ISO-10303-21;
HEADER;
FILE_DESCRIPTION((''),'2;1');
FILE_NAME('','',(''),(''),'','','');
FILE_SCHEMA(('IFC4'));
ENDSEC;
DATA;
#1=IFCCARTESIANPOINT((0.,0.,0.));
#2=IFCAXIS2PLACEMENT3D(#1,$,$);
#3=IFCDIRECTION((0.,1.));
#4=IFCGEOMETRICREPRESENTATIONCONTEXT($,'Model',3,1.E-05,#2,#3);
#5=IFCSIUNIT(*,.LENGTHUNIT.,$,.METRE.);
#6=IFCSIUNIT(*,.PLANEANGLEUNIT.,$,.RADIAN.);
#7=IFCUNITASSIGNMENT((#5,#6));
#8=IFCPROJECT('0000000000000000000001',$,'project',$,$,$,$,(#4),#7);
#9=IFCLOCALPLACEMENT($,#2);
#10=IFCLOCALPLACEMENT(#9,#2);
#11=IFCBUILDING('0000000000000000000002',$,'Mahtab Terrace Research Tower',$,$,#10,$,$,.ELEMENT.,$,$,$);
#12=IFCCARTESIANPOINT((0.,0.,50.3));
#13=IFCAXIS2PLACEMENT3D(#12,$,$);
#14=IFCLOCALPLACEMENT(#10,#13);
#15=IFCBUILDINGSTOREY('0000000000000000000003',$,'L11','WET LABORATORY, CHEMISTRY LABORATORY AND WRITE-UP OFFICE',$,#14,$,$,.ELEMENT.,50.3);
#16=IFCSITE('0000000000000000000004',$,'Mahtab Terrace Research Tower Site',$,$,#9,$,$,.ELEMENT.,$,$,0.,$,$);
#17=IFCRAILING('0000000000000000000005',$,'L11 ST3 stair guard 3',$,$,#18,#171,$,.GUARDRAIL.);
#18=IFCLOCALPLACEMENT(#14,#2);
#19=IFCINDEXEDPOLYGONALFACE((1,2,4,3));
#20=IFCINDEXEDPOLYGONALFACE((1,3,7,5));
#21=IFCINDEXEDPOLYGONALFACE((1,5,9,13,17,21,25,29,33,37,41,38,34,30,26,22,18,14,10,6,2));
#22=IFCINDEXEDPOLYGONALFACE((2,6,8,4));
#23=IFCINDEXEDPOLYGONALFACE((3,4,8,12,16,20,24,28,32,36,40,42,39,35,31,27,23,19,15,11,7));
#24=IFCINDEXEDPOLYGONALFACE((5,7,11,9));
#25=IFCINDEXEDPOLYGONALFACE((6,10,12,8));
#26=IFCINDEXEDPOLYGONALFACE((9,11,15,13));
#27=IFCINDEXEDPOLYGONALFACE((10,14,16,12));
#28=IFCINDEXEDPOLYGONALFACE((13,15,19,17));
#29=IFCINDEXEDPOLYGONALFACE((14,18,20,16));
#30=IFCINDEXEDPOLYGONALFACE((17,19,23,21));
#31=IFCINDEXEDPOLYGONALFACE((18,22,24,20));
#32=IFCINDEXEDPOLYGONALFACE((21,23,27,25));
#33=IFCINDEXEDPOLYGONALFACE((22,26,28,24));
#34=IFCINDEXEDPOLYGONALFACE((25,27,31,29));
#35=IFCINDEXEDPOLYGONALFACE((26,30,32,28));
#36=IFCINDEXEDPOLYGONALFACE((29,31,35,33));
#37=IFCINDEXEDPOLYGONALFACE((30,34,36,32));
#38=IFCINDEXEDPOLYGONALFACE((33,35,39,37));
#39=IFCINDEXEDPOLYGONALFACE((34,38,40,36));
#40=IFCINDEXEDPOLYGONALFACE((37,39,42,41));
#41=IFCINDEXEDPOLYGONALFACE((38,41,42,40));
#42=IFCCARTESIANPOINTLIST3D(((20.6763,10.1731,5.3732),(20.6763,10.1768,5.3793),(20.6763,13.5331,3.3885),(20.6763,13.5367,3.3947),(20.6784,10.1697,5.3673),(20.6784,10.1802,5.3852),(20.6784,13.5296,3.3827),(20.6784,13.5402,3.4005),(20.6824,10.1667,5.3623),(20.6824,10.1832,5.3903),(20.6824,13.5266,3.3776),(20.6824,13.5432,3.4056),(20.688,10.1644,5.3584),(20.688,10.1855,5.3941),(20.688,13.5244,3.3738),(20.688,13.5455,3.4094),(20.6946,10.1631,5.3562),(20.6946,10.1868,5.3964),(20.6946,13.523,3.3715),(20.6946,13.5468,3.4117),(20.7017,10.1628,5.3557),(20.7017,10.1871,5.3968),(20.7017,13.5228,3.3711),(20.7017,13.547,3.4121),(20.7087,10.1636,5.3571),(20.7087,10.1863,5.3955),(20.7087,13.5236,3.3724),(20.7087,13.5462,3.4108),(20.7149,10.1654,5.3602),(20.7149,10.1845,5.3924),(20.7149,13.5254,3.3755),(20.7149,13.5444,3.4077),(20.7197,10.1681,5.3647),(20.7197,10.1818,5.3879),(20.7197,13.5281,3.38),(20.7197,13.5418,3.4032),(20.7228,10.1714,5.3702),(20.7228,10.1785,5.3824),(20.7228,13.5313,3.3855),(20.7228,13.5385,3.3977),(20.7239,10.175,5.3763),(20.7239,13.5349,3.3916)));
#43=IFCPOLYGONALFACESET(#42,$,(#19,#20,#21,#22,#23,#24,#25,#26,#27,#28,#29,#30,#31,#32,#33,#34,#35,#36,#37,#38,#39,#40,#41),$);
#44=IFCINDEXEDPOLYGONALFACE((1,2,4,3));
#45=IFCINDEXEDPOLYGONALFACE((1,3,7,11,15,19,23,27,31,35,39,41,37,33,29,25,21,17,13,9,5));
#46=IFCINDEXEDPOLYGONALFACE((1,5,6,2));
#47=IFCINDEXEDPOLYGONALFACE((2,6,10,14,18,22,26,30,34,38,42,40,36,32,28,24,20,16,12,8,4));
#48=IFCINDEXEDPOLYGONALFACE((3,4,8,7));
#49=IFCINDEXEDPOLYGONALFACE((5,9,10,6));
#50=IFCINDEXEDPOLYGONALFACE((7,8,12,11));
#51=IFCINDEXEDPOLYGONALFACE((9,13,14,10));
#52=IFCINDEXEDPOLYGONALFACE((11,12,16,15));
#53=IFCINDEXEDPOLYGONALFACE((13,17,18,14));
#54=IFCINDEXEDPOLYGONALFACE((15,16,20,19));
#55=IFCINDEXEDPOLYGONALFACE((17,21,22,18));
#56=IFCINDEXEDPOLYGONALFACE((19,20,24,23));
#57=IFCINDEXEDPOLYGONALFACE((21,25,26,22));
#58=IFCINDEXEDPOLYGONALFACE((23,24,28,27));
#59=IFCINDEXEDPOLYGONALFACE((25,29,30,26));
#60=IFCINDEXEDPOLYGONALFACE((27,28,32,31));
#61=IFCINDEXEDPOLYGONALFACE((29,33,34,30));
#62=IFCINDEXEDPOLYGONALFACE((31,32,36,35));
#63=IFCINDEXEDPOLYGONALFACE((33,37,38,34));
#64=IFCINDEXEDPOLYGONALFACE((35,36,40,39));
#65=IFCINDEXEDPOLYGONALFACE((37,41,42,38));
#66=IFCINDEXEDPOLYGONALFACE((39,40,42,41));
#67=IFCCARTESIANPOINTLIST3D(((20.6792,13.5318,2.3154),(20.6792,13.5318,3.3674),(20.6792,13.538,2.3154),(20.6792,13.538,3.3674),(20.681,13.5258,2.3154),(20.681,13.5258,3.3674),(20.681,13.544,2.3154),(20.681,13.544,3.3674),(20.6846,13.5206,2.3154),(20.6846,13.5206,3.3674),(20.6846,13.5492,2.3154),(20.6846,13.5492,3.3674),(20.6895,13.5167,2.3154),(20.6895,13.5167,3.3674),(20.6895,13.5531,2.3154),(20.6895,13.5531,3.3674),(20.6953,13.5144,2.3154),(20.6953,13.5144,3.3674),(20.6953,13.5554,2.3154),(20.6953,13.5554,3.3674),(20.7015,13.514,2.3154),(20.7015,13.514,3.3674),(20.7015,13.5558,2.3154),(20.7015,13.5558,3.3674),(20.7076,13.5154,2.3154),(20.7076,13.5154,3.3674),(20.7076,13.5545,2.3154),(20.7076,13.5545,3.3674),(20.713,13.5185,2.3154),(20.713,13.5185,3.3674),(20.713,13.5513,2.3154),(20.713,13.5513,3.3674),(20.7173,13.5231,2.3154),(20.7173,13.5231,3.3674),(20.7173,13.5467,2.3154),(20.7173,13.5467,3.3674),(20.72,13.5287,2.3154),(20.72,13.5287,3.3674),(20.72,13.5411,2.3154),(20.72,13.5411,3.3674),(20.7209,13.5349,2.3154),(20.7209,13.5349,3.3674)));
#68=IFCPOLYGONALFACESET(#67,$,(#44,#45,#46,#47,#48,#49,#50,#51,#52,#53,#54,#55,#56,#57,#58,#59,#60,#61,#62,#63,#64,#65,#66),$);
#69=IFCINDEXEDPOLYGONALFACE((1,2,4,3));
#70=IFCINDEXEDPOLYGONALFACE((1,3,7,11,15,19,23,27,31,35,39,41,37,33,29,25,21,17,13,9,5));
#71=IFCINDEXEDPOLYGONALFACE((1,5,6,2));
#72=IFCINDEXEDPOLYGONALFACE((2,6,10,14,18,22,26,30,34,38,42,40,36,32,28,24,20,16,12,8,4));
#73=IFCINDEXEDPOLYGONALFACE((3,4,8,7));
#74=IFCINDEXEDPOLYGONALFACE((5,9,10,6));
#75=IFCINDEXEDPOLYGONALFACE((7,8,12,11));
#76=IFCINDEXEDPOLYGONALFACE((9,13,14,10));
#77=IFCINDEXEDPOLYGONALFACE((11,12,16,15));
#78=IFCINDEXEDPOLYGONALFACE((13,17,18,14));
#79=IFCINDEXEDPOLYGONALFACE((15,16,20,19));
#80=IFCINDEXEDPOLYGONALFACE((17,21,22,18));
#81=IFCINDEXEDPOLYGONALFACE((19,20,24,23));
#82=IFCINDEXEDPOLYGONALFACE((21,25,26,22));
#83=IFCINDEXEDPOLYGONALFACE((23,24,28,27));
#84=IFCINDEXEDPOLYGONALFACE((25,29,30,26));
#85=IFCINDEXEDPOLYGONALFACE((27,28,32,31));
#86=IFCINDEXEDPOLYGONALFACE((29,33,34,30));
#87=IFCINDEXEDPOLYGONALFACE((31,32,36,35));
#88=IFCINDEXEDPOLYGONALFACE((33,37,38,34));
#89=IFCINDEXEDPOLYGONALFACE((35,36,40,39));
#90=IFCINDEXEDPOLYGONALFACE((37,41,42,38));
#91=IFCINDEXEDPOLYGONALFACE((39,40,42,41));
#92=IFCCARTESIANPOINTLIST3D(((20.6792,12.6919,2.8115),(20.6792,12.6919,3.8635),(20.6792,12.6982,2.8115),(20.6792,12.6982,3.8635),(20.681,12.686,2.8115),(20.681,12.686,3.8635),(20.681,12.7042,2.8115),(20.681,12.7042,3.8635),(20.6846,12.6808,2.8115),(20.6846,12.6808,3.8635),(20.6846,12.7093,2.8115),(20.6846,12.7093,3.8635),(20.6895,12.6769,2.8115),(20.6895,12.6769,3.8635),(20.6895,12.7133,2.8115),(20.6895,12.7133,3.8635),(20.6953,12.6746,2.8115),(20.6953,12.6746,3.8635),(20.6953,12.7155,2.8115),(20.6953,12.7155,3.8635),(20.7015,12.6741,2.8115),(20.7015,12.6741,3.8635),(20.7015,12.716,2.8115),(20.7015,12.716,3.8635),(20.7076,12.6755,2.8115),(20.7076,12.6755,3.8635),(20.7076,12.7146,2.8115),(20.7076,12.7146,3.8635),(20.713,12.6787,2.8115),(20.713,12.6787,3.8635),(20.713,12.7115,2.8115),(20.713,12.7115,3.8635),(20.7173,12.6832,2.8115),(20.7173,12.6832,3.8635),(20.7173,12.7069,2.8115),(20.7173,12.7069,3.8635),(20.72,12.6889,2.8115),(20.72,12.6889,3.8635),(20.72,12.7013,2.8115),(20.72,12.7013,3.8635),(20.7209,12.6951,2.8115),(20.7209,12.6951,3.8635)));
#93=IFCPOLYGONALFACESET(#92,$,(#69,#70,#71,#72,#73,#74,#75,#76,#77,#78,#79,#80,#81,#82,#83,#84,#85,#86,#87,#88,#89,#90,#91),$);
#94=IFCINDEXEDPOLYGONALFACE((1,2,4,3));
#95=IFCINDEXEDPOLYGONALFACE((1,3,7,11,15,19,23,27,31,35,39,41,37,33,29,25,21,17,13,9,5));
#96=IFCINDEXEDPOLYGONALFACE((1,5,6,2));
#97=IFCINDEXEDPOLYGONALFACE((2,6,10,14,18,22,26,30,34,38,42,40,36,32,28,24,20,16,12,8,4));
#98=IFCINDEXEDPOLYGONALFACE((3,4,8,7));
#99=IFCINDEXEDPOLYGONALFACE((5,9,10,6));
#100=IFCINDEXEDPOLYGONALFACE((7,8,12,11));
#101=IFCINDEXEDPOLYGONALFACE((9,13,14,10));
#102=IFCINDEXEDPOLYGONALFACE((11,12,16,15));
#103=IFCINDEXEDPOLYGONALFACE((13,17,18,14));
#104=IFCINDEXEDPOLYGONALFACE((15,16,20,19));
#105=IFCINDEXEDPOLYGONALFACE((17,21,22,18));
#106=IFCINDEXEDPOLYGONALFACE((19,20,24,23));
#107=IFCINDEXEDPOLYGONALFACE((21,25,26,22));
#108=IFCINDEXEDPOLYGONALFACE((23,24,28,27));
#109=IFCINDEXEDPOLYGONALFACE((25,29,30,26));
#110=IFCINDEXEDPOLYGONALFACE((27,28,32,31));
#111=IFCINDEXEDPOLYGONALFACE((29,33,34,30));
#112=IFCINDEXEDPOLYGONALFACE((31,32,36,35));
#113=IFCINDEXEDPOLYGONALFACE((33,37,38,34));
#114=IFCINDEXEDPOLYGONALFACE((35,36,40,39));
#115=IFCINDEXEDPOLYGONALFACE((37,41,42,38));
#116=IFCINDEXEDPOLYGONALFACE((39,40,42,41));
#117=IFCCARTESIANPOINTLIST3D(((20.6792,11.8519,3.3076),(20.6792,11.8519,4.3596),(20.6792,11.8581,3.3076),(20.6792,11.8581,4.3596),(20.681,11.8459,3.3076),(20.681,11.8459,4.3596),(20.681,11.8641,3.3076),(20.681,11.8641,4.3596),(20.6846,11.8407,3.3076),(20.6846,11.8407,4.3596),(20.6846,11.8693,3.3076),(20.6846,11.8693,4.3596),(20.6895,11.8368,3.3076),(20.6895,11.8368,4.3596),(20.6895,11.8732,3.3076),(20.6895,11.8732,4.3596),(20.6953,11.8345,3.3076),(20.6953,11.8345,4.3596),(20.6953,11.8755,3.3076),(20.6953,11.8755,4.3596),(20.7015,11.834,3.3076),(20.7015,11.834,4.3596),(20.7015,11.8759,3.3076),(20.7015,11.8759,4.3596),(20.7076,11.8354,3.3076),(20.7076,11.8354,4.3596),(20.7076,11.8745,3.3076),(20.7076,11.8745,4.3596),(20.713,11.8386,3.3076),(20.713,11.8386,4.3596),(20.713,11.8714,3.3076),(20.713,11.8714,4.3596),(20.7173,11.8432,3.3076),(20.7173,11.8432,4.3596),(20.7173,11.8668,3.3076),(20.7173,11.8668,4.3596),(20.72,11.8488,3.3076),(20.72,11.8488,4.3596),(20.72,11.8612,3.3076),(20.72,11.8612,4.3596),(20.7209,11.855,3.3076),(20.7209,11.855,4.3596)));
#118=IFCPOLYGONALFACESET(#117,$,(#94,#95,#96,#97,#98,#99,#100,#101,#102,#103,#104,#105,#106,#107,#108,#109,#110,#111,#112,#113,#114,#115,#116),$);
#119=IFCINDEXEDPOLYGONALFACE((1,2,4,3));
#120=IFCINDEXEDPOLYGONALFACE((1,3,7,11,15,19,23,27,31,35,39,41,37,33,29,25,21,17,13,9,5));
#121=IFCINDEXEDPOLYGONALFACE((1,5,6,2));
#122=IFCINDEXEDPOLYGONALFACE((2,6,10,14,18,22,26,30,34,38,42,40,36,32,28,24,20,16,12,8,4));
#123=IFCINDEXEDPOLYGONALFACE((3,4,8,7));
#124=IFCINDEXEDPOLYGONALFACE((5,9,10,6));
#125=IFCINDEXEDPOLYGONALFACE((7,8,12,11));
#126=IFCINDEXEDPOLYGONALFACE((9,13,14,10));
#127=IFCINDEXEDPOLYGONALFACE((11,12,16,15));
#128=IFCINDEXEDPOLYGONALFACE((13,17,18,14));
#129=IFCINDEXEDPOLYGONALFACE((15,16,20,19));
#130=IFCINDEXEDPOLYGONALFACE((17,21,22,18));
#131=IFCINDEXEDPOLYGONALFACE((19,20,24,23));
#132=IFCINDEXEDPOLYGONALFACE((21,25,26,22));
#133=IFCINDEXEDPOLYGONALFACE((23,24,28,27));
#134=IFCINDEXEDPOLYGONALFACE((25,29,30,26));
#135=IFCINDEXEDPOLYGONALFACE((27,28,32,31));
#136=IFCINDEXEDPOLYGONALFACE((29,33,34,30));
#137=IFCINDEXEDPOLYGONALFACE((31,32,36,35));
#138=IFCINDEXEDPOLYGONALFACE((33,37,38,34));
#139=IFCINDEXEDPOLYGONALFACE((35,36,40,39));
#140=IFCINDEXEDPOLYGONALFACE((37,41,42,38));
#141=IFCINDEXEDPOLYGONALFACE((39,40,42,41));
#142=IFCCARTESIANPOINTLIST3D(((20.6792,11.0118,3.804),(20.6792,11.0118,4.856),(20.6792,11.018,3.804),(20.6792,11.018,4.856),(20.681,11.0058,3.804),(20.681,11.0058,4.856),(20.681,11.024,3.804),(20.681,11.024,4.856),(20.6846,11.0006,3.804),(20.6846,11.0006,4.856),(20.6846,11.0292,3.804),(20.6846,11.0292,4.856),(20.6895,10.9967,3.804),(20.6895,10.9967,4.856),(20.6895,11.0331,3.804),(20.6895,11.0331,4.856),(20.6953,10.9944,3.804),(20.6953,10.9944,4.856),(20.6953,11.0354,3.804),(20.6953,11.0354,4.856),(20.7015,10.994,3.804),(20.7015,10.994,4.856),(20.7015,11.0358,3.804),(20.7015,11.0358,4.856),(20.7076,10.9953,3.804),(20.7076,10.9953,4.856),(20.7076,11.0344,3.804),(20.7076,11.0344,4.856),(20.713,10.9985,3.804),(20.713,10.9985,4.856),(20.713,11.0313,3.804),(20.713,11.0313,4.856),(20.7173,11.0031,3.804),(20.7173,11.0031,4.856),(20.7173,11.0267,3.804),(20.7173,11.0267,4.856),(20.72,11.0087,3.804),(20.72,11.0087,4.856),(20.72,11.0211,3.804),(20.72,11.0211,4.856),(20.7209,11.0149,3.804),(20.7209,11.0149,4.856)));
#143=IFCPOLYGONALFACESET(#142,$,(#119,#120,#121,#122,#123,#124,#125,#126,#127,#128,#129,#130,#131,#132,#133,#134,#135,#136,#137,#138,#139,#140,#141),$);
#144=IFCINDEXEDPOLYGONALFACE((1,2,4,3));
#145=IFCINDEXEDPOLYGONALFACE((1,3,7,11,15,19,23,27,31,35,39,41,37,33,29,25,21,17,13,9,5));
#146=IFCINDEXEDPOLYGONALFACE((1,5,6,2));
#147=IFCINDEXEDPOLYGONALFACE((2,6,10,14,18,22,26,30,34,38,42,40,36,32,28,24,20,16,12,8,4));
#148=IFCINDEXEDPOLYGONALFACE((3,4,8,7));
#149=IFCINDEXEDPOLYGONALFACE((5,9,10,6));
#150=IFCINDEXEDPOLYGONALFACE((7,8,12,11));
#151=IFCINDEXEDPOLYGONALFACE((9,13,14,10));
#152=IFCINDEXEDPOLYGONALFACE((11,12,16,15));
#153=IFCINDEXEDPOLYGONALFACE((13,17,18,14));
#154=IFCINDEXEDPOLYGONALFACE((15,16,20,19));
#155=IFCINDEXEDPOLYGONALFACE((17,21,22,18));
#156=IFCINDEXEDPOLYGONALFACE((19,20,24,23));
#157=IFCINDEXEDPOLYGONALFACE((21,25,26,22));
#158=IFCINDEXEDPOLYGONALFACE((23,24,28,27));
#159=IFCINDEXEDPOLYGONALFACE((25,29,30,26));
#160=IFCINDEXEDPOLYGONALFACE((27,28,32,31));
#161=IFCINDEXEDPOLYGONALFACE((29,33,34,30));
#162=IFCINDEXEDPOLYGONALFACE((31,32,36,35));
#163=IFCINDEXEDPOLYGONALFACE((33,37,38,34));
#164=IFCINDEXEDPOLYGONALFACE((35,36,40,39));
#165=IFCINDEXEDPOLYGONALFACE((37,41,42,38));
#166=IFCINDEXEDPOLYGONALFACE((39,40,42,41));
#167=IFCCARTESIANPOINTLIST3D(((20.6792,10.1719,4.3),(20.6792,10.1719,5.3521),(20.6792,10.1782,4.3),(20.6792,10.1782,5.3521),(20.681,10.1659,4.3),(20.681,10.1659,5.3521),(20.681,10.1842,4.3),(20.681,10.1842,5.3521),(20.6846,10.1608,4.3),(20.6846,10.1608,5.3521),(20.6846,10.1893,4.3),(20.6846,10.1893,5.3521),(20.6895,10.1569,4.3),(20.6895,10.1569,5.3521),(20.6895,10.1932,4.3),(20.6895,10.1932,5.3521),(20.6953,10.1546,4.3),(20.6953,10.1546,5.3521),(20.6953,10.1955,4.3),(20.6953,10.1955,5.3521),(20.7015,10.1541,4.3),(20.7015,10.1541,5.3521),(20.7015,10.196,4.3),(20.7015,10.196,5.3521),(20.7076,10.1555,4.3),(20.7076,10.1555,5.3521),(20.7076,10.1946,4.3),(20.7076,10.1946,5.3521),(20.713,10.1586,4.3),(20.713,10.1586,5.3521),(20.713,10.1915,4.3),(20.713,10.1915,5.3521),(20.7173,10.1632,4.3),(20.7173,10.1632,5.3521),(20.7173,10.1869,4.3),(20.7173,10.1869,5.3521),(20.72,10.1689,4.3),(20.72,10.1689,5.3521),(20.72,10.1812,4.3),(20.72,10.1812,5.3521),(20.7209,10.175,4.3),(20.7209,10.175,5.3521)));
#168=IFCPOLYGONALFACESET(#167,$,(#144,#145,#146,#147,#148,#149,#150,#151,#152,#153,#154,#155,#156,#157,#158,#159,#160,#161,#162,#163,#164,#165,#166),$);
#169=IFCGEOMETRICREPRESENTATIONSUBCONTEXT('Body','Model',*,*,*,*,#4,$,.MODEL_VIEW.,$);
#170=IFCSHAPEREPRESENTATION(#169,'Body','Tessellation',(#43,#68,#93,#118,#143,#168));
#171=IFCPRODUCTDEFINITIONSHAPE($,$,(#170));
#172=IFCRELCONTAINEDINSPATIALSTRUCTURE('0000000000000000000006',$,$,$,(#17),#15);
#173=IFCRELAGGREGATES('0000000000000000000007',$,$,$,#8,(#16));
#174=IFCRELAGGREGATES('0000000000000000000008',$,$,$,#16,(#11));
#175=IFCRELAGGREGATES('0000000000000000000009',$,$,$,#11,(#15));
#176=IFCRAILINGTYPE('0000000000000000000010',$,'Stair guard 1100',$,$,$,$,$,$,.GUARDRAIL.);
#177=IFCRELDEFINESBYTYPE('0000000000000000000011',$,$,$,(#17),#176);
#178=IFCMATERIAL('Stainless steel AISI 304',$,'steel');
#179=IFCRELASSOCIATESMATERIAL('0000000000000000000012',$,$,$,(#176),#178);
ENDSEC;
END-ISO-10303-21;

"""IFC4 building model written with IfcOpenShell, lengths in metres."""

from ifc_helpers import new_model, si_unit, direction, frame, origin, origin_2d, place, context, subcontext, project, spatial, circle, extrude, material, type_object, element, save


model = new_model("IFC4")

# Units and contexts
model_context = context("Model", 3, precision=1e-05, world=origin(), true_north=direction((0.0, 1.0)))
body_context = subcontext(model_context, "Body", "Model", "MODEL_VIEW")
ifc_project = project(units=[si_unit("LENGTHUNIT", "METRE"), si_unit("PLANEANGLEUNIT", "RADIAN")], contexts=[model_context])

# Site, building, storey
site_placement = place(None, origin())
site = spatial("IfcSite", under=ifc_project, at=site_placement, Name="Mahtab Terrace Research Tower Site", CompositionType="ELEMENT", RefElevation=0.0)
building_placement = place(site_placement, origin())
building = spatial("IfcBuilding", under=site, at=building_placement, Name="Mahtab Terrace Research Tower", CompositionType="ELEMENT")
storey_placement = place(building_placement, frame((0.0, 0.0, 50.3)))
storey = spatial("IfcBuildingStorey", under=building, at=storey_placement, Name="L11", Description="WET LABORATORY, CHEMISTRY LABORATORY AND WRITE-UP OFFICE", CompositionType="ELEMENT", Elevation=50.3)

# Railing
ifc_material_1 = material(Name="Stainless steel AISI 304", Category="steel")
railing_type_1 = type_object("IfcRailingType", Name="Stair guard 1100", PredefinedType="GUARDRAIL", material=ifc_material_1)
railing_1_placement = place(storey_placement, frame((20.7, 13.5349, 2.3154)))
element("IfcRailing", 1, at=railing_1_placement, inside=storey, type_object=railing_type_1, Name="L11 ST3 stair guard 3", PredefinedType="GUARDRAIL", context=body_context, shape_type="SweptSolid", body=[
    extrude(circle(Radius=0.0239, at=origin_2d()), frame((0.0, 0.0, 1.0762), z_axis=(0.0, -0.861011, 0.508586), x_axis=(1.0, 0.0, 0.0)), (0.0, 0.0, 1.0), 3.9023),
    extrude(circle(Radius=0.021, at=origin_2d()), origin(), (0.0, 0.0, 1.0), 1.052),
    extrude(circle(Radius=0.021, at=origin_2d()), frame((0.0, -0.8398, 0.4961)), (0.0, 0.0, 1.0), 1.052),
    extrude(circle(Radius=0.021, at=origin_2d()), frame((0.0, -1.6799, 0.9922)), (0.0, 0.0, 1.0), 1.052),
    extrude(circle(Radius=0.021, at=origin_2d()), frame((0.0, -2.52, 1.4885)), (0.0, 0.0, 1.0), 1.052),
    extrude(circle(Radius=0.021, at=origin_2d()), frame((0.0, -3.3599, 1.9846)), (0.0, 0.0, 1.0), 1.052),
])

save(model, "model.ifc")
